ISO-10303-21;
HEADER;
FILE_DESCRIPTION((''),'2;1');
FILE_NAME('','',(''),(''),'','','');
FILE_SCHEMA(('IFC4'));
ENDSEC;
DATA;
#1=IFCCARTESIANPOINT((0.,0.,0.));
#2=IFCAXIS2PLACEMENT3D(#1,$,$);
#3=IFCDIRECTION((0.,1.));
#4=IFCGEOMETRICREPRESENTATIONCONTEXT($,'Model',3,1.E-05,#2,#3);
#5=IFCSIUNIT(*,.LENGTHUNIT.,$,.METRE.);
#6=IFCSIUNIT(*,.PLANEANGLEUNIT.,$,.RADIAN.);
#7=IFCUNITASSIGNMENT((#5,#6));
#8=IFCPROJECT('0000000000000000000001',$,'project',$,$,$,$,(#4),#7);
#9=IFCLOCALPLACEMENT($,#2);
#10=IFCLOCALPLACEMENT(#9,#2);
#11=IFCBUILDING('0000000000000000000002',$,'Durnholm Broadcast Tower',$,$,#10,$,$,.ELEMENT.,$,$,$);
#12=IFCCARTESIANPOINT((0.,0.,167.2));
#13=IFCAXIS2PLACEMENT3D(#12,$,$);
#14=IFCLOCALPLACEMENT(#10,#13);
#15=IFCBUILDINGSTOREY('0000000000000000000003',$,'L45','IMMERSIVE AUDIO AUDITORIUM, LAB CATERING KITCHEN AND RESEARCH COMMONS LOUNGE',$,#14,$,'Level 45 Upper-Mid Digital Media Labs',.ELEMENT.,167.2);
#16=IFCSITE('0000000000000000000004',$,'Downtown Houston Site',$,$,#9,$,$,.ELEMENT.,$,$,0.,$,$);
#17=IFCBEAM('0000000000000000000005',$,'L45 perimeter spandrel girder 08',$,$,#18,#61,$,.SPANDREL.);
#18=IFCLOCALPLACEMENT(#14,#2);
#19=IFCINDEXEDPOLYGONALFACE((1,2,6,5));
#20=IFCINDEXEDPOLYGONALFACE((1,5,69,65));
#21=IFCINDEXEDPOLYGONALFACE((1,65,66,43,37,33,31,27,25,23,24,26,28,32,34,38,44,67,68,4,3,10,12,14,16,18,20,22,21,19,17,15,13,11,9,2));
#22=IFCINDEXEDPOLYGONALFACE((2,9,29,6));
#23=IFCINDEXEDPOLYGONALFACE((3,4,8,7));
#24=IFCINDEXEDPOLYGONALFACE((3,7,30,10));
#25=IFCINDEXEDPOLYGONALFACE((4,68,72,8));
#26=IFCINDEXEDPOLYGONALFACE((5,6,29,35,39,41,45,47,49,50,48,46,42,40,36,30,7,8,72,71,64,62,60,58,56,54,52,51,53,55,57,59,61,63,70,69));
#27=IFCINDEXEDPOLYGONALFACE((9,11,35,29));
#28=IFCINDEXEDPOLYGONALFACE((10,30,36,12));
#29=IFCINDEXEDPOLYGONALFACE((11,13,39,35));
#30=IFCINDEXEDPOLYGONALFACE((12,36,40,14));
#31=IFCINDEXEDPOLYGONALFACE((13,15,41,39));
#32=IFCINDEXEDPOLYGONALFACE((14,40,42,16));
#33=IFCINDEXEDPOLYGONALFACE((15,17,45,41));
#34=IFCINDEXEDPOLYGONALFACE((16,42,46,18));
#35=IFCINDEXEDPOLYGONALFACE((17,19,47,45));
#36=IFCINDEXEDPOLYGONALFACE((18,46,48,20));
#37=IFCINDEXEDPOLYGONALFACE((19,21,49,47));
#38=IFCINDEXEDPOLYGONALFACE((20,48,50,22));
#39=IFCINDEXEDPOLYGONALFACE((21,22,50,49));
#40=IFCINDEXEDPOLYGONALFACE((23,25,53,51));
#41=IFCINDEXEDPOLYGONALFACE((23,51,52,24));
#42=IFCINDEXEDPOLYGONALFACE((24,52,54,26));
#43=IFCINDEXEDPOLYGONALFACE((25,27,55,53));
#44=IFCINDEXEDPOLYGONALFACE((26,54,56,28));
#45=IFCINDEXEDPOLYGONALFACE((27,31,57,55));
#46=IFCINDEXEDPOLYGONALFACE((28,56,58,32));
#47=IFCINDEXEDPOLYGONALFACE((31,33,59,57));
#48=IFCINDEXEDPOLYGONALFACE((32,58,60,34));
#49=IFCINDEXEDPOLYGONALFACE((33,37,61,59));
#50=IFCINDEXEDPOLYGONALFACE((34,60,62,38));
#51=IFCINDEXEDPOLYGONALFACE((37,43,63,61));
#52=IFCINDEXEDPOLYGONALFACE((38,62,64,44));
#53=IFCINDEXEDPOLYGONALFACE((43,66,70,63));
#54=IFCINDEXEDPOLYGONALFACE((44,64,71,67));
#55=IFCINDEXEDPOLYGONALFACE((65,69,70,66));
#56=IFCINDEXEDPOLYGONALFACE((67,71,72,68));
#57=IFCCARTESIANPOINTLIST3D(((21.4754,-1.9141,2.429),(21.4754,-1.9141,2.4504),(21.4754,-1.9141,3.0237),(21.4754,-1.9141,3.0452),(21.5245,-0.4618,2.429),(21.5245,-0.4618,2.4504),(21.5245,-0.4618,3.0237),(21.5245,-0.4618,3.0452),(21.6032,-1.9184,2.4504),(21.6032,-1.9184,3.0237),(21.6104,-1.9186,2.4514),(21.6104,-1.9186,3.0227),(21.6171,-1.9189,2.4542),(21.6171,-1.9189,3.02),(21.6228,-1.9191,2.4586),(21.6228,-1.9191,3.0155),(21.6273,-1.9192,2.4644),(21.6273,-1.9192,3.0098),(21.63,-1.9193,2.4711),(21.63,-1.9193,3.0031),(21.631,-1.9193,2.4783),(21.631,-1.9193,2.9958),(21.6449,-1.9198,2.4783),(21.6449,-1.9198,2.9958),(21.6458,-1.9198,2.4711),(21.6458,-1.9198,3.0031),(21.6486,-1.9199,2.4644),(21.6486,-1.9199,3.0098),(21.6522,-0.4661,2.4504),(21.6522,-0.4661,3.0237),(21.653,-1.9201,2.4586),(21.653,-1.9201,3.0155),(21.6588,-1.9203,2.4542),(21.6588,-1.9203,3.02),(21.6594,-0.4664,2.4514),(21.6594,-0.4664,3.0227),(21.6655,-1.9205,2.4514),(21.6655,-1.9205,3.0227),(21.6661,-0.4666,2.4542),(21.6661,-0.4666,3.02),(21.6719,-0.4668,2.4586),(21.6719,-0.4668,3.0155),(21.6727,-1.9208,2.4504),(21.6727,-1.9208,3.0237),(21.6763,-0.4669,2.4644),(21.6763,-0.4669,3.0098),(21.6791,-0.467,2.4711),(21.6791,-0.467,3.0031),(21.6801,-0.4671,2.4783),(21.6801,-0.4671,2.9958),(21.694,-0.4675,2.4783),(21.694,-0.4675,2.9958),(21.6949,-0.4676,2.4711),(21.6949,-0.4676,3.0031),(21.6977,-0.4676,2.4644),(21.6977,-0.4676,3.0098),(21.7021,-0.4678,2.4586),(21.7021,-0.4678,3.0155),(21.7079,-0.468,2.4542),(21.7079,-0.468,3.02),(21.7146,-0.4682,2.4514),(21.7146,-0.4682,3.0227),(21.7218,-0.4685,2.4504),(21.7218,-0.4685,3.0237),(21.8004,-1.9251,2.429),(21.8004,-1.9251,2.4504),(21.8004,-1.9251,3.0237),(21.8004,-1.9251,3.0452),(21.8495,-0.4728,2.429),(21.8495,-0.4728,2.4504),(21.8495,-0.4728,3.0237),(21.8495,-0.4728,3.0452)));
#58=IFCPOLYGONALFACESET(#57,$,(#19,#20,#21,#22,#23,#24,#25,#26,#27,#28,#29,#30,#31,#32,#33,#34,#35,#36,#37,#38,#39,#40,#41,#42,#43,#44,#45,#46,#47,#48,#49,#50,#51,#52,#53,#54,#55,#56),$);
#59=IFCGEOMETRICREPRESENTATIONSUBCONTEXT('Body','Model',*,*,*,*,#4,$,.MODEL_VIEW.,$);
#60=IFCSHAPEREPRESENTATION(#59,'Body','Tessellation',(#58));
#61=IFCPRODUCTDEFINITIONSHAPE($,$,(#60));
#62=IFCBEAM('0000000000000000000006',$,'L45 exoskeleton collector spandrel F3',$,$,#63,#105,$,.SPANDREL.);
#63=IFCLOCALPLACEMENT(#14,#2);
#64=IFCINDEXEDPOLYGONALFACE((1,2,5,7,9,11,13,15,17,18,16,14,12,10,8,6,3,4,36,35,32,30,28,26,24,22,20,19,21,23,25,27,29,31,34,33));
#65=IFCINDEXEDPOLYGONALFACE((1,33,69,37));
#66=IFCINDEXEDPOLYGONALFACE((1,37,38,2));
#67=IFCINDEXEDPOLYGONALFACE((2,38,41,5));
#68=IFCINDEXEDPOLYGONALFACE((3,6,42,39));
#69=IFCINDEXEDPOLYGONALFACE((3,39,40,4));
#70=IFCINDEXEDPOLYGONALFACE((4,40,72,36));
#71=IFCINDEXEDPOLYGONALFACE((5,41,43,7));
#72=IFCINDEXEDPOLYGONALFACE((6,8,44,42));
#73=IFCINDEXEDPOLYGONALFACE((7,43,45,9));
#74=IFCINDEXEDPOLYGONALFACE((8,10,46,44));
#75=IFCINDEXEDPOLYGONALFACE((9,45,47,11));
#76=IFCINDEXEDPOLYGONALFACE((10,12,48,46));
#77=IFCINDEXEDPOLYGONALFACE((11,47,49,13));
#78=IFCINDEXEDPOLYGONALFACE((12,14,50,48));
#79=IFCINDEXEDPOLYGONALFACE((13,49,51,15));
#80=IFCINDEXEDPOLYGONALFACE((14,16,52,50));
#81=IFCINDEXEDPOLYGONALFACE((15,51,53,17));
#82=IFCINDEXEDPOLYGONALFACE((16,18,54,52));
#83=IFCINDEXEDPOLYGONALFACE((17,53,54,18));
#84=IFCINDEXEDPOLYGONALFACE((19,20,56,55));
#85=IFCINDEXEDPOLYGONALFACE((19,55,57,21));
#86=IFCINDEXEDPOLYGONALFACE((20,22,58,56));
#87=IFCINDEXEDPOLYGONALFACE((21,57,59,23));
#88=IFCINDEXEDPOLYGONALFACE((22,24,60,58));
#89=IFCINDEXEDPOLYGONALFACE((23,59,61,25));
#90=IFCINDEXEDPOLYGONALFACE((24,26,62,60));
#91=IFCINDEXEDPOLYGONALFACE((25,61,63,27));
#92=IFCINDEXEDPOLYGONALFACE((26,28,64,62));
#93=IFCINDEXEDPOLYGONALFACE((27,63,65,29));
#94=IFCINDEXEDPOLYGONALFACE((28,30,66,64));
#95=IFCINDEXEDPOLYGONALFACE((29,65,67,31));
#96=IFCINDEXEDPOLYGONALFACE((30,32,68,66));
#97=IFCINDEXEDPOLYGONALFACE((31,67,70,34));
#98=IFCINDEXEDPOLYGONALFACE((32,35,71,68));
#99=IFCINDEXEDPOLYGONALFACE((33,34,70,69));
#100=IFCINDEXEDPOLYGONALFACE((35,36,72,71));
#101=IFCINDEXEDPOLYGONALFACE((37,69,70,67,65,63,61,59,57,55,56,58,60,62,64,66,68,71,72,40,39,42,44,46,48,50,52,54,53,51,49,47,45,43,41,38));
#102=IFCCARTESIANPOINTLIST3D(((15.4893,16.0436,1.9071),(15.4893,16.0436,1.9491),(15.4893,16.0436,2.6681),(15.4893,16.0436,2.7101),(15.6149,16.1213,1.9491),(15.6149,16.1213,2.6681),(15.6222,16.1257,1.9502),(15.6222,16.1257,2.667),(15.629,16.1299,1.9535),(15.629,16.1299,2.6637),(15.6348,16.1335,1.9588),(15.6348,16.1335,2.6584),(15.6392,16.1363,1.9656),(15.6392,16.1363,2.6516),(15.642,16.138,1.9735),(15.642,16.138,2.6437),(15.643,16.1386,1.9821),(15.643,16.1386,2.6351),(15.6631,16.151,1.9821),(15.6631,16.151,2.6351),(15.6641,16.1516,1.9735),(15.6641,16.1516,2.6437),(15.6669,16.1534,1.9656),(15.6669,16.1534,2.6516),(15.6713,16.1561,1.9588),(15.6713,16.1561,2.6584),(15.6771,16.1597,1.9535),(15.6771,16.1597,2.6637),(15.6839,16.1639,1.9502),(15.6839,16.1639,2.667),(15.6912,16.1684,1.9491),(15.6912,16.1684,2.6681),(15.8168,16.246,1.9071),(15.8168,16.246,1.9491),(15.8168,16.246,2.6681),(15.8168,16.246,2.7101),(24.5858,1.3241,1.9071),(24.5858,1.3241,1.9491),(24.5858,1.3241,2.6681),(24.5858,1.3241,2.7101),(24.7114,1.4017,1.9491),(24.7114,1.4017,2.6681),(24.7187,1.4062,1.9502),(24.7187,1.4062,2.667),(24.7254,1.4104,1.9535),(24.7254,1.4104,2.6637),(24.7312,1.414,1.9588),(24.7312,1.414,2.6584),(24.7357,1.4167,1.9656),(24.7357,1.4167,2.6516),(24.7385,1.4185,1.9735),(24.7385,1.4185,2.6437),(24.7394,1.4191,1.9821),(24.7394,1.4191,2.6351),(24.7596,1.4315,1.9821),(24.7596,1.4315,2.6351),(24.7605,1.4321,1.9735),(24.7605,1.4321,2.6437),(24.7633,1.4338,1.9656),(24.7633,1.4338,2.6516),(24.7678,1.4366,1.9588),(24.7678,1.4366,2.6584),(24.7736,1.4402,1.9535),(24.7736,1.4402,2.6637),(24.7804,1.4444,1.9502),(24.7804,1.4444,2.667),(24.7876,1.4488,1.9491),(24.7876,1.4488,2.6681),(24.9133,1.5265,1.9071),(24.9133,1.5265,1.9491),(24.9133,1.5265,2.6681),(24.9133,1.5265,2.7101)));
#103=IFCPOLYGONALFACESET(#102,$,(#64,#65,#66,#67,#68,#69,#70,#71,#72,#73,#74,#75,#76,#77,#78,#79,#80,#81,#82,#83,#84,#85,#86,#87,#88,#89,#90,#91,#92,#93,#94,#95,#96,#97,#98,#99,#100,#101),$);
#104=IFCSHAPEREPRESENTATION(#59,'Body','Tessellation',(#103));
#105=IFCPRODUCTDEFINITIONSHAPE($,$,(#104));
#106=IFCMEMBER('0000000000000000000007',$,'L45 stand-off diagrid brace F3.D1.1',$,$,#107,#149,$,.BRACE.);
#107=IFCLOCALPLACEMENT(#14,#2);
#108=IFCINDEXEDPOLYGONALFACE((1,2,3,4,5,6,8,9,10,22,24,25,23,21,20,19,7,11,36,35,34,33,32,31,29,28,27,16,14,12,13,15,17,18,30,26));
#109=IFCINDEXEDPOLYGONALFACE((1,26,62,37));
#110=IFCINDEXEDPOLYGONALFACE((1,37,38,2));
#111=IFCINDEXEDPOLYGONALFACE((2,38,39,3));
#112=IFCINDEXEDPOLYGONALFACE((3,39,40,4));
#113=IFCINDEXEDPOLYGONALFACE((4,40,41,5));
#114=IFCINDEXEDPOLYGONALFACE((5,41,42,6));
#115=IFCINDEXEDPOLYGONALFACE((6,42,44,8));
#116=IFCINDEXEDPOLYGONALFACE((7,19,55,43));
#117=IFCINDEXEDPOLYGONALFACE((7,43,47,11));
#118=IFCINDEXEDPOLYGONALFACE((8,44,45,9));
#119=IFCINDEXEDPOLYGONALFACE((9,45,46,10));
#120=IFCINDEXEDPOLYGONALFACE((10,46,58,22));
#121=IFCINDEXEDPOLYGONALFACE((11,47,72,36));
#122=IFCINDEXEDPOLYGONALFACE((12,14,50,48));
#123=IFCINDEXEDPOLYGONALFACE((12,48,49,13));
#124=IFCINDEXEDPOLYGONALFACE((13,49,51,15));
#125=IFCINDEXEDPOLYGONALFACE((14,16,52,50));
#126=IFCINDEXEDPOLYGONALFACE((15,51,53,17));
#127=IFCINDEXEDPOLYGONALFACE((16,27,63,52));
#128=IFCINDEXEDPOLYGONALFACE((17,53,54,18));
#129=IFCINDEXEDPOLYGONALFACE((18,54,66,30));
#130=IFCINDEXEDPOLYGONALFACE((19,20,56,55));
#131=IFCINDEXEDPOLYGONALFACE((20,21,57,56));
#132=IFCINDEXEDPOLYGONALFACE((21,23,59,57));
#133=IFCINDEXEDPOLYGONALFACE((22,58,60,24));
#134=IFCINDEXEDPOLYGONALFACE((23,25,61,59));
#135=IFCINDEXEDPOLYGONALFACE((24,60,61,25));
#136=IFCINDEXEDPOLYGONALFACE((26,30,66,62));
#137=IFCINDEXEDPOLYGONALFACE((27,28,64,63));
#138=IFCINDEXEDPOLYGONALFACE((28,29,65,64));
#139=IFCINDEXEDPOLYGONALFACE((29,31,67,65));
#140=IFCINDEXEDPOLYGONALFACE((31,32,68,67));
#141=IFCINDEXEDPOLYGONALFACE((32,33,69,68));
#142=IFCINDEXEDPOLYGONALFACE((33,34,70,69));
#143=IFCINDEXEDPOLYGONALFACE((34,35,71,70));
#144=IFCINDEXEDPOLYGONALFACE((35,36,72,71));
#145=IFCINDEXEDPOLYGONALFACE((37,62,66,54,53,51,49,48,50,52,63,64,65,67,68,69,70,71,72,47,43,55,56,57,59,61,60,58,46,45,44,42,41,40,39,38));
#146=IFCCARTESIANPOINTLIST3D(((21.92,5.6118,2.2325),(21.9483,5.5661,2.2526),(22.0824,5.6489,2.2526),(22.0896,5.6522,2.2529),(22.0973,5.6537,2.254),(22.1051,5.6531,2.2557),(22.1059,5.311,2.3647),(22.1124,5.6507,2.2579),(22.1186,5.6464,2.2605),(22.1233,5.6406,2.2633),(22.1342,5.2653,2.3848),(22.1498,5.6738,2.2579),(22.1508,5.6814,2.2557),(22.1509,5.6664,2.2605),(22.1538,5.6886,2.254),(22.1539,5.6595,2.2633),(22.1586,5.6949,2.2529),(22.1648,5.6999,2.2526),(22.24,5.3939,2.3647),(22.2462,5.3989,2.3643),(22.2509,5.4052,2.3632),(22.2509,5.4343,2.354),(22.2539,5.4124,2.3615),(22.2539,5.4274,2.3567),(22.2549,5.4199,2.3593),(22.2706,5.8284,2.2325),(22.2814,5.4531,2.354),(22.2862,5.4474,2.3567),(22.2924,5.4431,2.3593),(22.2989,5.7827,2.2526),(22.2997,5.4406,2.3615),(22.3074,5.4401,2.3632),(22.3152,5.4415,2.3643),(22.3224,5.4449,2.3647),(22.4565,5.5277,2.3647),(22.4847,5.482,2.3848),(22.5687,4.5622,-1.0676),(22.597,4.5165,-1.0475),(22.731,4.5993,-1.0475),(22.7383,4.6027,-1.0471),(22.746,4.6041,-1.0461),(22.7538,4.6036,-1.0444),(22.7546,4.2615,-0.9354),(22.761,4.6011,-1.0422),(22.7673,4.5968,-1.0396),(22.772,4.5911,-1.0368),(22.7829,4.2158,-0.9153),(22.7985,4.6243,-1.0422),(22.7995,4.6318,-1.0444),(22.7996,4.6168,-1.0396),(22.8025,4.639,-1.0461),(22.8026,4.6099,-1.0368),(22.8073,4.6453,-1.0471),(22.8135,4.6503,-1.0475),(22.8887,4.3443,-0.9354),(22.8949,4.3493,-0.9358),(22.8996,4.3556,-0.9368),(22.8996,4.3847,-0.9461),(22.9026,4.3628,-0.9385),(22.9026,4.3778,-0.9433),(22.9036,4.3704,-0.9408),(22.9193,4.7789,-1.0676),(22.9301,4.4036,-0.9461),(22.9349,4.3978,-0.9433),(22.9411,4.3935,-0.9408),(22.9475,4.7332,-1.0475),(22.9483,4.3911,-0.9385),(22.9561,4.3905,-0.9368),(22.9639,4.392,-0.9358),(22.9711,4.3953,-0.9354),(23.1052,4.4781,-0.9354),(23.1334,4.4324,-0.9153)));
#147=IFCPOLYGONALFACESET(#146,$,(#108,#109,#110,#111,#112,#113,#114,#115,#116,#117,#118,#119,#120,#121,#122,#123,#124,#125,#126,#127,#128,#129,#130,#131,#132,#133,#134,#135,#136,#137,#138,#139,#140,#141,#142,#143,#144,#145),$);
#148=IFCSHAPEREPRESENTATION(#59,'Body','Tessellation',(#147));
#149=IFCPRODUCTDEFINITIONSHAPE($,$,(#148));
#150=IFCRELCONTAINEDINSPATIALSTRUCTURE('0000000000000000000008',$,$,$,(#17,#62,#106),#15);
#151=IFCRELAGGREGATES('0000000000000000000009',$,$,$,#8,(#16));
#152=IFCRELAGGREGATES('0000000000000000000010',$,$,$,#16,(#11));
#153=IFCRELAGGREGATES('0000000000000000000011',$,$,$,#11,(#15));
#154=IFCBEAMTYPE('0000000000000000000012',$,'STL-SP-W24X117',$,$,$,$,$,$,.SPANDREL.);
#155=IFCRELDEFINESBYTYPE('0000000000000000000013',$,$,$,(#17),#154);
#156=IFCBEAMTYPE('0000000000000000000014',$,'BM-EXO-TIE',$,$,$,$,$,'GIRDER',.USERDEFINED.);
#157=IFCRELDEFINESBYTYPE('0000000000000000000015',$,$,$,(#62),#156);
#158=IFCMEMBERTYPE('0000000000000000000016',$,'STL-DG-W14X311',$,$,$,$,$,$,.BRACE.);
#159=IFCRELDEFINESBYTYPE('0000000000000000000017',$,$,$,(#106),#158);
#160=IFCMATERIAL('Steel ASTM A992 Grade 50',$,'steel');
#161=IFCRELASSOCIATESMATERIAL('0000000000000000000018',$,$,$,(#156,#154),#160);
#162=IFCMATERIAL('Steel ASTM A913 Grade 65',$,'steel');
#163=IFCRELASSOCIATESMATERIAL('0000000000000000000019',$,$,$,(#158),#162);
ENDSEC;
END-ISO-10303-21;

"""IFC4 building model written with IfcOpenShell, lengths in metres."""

from ifc_helpers import new_model, si_unit, direction, frame, origin, origin_2d, place, context, subcontext, project, spatial, i_section, extrude, source, transform, mapped, material, material_profile, profile_set, type_object, element, save


model = new_model("IFC4")

# Units and contexts
model_context = context("Model", 3, precision=1e-05, world=origin(), true_north=direction((0.0, 1.0)))
body_context = subcontext(model_context, "Body", "Model", "MODEL_VIEW")
ifc_project = project(units=[si_unit("LENGTHUNIT", "METRE"), si_unit("PLANEANGLEUNIT", "RADIAN")], contexts=[model_context])

# Site, building, storey
site_placement = place(None, origin())
site = spatial("IfcSite", under=ifc_project, at=site_placement, Name="Downtown Houston Site", CompositionType="ELEMENT", RefElevation=0.0)
building_placement = place(site_placement, origin())
building = spatial("IfcBuilding", under=site, at=building_placement, Name="Durnholm Broadcast Tower", CompositionType="ELEMENT")
storey_placement = place(building_placement, frame((0.0, 0.0, 167.2)))
storey = spatial("IfcBuildingStorey", under=building, at=storey_placement, Name="L45", Description="IMMERSIVE AUDIO AUDITORIUM, LAB CATERING KITCHEN AND RESEARCH COMMONS LOUNGE", LongName="Level 45 Upper-Mid Digital Media Labs", CompositionType="ELEMENT", Elevation=167.2)

# Beams
ifc_material_1 = material(Name="Steel ASTM A992 Grade 50", Category="steel")
ifc_material_profile_1 = material_profile(ifc_material_1, i_section(OverallWidth=0.385, OverallDepth=0.803, WebThickness=0.0237, FlangeThickness=0.042, FilletRadius=0.033, at=origin_2d()), Name="W30X261")
ifc_profile_set_1 = profile_set([ifc_material_profile_1], Name="Steel ASTM A992 Grade 50")
beam_type_1 = type_object("IfcBeamType", Name="BM-EXO-TIE", ElementType="GIRDER", PredefinedType="USERDEFINED", material=ifc_profile_set_1)
ifc_material_profile_2 = material_profile(ifc_material_1, i_section(OverallWidth=0.3252, OverallDepth=0.6162, WebThickness=0.0139, FlangeThickness=0.0215, FilletRadius=0.0278, at=origin_2d()), Name="W24X117")
ifc_profile_set_2 = profile_set([ifc_material_profile_2], Name="Steel ASTM A992 Grade 50")
beam_type_2 = type_object("IfcBeamType", Name="STL-SP-W24X117", PredefinedType="SPANDREL", material=ifc_profile_set_2)
shared_shape_1 = source(origin(), body_context, "Body", "SweptSolid", [
    extrude(i_section(OverallWidth=0.3252, OverallDepth=0.6162, WebThickness=0.0139, FlangeThickness=0.0215, FilletRadius=0.0278, at=origin_2d()), origin(), (0.0, 0.0, 1.0), 1.4531),
])
beam_1_placement = place(storey_placement, frame((21.687, -0.4673, 2.7371), z_axis=(-0.033768, -0.99943, 0.0), x_axis=(0.99943, -0.033768, 0.0)))
element("IfcBeam", 1, at=beam_1_placement, inside=storey, type_object=beam_type_2, Name="L45 perimeter spandrel girder 08", PredefinedType="SPANDREL", context=body_context, shape_type="MappedRepresentation", body=[
    mapped(shared_shape_1, transform((0.0, 0.0, 0.0), x_axis=(1.0, 0.0, 0.0), y_axis=(0.0, 1.0, 0.0), z_axis=(0.0, 0.0, 1.0), scale=1.0)),
])
shared_shape_2 = source(origin(), body_context, "Body", "SweptSolid", [
    extrude(i_section(OverallWidth=0.385, OverallDepth=0.803, WebThickness=0.0237, FlangeThickness=0.042, FilletRadius=0.033, at=origin_2d()), origin(), (0.0, 0.0, 1.0), 17.3035),
])
beam_2_placement = place(storey_placement, frame((24.7495, 1.4253, 2.3086), z_axis=(-0.525702, 0.850669, 0.0), x_axis=(-0.850669, -0.525702, 0.0)))
element("IfcBeam", 2, at=beam_2_placement, inside=storey, type_object=beam_type_1, Name="L45 exoskeleton collector spandrel F3", PredefinedType="SPANDREL", context=body_context, shape_type="MappedRepresentation", body=[
    mapped(shared_shape_2, transform((0.0, 0.0, 0.0), x_axis=(1.0, 0.0, 0.0), y_axis=(0.0, 1.0, 0.0), z_axis=(0.0, 0.0, 1.0), scale=1.0)),
])

# Member
ifc_material_2 = material(Name="Steel ASTM A913 Grade 65", Category="steel")
ifc_material_profile_3 = material_profile(ifc_material_2, i_section(OverallWidth=0.4121, OverallDepth=0.4348, WebThickness=0.0359, FlangeThickness=0.0574, FilletRadius=0.0305, at=origin_2d()), Name="W14X311")
ifc_profile_set_3 = profile_set([ifc_material_profile_3], Name="Steel ASTM A913 Grade 65")
member_type_1 = type_object("IfcMemberType", Name="STL-DG-W14X311", PredefinedType="BRACE", material=ifc_profile_set_3)
shared_shape_3 = source(origin(), body_context, "Body", "SweptSolid", [
    extrude(i_section(OverallWidth=0.4121, OverallDepth=0.4348, WebThickness=0.0359, FlangeThickness=0.0574, FilletRadius=0.0305, at=origin_2d()), origin(), (0.0, 0.0, 1.0), 3.5232),
])
for number, where, z_axis, x_axis, name in (
    (3, (22.8511, 4.4973, -0.9915), (-0.184119, 0.297903, 0.936672), (-0.850644, -0.525741, 0.0), "L45 stand-off diagrid brace F3.D1.1"),
):
    element("IfcMember", number, at=place(storey_placement, frame(where, z_axis=z_axis, x_axis=x_axis)), inside=storey, type_object=member_type_1, Name=name, PredefinedType="BRACE", context=body_context, shape_type="MappedRepresentation", body=[
        mapped(shared_shape_3, transform((0.0, 0.0, 0.0), x_axis=(1.0, 0.0, 0.0), y_axis=(0.0, 1.0, 0.0), z_axis=(0.0, 0.0, 1.0), scale=1.0)),
    ])

save(model, "model.ifc")
